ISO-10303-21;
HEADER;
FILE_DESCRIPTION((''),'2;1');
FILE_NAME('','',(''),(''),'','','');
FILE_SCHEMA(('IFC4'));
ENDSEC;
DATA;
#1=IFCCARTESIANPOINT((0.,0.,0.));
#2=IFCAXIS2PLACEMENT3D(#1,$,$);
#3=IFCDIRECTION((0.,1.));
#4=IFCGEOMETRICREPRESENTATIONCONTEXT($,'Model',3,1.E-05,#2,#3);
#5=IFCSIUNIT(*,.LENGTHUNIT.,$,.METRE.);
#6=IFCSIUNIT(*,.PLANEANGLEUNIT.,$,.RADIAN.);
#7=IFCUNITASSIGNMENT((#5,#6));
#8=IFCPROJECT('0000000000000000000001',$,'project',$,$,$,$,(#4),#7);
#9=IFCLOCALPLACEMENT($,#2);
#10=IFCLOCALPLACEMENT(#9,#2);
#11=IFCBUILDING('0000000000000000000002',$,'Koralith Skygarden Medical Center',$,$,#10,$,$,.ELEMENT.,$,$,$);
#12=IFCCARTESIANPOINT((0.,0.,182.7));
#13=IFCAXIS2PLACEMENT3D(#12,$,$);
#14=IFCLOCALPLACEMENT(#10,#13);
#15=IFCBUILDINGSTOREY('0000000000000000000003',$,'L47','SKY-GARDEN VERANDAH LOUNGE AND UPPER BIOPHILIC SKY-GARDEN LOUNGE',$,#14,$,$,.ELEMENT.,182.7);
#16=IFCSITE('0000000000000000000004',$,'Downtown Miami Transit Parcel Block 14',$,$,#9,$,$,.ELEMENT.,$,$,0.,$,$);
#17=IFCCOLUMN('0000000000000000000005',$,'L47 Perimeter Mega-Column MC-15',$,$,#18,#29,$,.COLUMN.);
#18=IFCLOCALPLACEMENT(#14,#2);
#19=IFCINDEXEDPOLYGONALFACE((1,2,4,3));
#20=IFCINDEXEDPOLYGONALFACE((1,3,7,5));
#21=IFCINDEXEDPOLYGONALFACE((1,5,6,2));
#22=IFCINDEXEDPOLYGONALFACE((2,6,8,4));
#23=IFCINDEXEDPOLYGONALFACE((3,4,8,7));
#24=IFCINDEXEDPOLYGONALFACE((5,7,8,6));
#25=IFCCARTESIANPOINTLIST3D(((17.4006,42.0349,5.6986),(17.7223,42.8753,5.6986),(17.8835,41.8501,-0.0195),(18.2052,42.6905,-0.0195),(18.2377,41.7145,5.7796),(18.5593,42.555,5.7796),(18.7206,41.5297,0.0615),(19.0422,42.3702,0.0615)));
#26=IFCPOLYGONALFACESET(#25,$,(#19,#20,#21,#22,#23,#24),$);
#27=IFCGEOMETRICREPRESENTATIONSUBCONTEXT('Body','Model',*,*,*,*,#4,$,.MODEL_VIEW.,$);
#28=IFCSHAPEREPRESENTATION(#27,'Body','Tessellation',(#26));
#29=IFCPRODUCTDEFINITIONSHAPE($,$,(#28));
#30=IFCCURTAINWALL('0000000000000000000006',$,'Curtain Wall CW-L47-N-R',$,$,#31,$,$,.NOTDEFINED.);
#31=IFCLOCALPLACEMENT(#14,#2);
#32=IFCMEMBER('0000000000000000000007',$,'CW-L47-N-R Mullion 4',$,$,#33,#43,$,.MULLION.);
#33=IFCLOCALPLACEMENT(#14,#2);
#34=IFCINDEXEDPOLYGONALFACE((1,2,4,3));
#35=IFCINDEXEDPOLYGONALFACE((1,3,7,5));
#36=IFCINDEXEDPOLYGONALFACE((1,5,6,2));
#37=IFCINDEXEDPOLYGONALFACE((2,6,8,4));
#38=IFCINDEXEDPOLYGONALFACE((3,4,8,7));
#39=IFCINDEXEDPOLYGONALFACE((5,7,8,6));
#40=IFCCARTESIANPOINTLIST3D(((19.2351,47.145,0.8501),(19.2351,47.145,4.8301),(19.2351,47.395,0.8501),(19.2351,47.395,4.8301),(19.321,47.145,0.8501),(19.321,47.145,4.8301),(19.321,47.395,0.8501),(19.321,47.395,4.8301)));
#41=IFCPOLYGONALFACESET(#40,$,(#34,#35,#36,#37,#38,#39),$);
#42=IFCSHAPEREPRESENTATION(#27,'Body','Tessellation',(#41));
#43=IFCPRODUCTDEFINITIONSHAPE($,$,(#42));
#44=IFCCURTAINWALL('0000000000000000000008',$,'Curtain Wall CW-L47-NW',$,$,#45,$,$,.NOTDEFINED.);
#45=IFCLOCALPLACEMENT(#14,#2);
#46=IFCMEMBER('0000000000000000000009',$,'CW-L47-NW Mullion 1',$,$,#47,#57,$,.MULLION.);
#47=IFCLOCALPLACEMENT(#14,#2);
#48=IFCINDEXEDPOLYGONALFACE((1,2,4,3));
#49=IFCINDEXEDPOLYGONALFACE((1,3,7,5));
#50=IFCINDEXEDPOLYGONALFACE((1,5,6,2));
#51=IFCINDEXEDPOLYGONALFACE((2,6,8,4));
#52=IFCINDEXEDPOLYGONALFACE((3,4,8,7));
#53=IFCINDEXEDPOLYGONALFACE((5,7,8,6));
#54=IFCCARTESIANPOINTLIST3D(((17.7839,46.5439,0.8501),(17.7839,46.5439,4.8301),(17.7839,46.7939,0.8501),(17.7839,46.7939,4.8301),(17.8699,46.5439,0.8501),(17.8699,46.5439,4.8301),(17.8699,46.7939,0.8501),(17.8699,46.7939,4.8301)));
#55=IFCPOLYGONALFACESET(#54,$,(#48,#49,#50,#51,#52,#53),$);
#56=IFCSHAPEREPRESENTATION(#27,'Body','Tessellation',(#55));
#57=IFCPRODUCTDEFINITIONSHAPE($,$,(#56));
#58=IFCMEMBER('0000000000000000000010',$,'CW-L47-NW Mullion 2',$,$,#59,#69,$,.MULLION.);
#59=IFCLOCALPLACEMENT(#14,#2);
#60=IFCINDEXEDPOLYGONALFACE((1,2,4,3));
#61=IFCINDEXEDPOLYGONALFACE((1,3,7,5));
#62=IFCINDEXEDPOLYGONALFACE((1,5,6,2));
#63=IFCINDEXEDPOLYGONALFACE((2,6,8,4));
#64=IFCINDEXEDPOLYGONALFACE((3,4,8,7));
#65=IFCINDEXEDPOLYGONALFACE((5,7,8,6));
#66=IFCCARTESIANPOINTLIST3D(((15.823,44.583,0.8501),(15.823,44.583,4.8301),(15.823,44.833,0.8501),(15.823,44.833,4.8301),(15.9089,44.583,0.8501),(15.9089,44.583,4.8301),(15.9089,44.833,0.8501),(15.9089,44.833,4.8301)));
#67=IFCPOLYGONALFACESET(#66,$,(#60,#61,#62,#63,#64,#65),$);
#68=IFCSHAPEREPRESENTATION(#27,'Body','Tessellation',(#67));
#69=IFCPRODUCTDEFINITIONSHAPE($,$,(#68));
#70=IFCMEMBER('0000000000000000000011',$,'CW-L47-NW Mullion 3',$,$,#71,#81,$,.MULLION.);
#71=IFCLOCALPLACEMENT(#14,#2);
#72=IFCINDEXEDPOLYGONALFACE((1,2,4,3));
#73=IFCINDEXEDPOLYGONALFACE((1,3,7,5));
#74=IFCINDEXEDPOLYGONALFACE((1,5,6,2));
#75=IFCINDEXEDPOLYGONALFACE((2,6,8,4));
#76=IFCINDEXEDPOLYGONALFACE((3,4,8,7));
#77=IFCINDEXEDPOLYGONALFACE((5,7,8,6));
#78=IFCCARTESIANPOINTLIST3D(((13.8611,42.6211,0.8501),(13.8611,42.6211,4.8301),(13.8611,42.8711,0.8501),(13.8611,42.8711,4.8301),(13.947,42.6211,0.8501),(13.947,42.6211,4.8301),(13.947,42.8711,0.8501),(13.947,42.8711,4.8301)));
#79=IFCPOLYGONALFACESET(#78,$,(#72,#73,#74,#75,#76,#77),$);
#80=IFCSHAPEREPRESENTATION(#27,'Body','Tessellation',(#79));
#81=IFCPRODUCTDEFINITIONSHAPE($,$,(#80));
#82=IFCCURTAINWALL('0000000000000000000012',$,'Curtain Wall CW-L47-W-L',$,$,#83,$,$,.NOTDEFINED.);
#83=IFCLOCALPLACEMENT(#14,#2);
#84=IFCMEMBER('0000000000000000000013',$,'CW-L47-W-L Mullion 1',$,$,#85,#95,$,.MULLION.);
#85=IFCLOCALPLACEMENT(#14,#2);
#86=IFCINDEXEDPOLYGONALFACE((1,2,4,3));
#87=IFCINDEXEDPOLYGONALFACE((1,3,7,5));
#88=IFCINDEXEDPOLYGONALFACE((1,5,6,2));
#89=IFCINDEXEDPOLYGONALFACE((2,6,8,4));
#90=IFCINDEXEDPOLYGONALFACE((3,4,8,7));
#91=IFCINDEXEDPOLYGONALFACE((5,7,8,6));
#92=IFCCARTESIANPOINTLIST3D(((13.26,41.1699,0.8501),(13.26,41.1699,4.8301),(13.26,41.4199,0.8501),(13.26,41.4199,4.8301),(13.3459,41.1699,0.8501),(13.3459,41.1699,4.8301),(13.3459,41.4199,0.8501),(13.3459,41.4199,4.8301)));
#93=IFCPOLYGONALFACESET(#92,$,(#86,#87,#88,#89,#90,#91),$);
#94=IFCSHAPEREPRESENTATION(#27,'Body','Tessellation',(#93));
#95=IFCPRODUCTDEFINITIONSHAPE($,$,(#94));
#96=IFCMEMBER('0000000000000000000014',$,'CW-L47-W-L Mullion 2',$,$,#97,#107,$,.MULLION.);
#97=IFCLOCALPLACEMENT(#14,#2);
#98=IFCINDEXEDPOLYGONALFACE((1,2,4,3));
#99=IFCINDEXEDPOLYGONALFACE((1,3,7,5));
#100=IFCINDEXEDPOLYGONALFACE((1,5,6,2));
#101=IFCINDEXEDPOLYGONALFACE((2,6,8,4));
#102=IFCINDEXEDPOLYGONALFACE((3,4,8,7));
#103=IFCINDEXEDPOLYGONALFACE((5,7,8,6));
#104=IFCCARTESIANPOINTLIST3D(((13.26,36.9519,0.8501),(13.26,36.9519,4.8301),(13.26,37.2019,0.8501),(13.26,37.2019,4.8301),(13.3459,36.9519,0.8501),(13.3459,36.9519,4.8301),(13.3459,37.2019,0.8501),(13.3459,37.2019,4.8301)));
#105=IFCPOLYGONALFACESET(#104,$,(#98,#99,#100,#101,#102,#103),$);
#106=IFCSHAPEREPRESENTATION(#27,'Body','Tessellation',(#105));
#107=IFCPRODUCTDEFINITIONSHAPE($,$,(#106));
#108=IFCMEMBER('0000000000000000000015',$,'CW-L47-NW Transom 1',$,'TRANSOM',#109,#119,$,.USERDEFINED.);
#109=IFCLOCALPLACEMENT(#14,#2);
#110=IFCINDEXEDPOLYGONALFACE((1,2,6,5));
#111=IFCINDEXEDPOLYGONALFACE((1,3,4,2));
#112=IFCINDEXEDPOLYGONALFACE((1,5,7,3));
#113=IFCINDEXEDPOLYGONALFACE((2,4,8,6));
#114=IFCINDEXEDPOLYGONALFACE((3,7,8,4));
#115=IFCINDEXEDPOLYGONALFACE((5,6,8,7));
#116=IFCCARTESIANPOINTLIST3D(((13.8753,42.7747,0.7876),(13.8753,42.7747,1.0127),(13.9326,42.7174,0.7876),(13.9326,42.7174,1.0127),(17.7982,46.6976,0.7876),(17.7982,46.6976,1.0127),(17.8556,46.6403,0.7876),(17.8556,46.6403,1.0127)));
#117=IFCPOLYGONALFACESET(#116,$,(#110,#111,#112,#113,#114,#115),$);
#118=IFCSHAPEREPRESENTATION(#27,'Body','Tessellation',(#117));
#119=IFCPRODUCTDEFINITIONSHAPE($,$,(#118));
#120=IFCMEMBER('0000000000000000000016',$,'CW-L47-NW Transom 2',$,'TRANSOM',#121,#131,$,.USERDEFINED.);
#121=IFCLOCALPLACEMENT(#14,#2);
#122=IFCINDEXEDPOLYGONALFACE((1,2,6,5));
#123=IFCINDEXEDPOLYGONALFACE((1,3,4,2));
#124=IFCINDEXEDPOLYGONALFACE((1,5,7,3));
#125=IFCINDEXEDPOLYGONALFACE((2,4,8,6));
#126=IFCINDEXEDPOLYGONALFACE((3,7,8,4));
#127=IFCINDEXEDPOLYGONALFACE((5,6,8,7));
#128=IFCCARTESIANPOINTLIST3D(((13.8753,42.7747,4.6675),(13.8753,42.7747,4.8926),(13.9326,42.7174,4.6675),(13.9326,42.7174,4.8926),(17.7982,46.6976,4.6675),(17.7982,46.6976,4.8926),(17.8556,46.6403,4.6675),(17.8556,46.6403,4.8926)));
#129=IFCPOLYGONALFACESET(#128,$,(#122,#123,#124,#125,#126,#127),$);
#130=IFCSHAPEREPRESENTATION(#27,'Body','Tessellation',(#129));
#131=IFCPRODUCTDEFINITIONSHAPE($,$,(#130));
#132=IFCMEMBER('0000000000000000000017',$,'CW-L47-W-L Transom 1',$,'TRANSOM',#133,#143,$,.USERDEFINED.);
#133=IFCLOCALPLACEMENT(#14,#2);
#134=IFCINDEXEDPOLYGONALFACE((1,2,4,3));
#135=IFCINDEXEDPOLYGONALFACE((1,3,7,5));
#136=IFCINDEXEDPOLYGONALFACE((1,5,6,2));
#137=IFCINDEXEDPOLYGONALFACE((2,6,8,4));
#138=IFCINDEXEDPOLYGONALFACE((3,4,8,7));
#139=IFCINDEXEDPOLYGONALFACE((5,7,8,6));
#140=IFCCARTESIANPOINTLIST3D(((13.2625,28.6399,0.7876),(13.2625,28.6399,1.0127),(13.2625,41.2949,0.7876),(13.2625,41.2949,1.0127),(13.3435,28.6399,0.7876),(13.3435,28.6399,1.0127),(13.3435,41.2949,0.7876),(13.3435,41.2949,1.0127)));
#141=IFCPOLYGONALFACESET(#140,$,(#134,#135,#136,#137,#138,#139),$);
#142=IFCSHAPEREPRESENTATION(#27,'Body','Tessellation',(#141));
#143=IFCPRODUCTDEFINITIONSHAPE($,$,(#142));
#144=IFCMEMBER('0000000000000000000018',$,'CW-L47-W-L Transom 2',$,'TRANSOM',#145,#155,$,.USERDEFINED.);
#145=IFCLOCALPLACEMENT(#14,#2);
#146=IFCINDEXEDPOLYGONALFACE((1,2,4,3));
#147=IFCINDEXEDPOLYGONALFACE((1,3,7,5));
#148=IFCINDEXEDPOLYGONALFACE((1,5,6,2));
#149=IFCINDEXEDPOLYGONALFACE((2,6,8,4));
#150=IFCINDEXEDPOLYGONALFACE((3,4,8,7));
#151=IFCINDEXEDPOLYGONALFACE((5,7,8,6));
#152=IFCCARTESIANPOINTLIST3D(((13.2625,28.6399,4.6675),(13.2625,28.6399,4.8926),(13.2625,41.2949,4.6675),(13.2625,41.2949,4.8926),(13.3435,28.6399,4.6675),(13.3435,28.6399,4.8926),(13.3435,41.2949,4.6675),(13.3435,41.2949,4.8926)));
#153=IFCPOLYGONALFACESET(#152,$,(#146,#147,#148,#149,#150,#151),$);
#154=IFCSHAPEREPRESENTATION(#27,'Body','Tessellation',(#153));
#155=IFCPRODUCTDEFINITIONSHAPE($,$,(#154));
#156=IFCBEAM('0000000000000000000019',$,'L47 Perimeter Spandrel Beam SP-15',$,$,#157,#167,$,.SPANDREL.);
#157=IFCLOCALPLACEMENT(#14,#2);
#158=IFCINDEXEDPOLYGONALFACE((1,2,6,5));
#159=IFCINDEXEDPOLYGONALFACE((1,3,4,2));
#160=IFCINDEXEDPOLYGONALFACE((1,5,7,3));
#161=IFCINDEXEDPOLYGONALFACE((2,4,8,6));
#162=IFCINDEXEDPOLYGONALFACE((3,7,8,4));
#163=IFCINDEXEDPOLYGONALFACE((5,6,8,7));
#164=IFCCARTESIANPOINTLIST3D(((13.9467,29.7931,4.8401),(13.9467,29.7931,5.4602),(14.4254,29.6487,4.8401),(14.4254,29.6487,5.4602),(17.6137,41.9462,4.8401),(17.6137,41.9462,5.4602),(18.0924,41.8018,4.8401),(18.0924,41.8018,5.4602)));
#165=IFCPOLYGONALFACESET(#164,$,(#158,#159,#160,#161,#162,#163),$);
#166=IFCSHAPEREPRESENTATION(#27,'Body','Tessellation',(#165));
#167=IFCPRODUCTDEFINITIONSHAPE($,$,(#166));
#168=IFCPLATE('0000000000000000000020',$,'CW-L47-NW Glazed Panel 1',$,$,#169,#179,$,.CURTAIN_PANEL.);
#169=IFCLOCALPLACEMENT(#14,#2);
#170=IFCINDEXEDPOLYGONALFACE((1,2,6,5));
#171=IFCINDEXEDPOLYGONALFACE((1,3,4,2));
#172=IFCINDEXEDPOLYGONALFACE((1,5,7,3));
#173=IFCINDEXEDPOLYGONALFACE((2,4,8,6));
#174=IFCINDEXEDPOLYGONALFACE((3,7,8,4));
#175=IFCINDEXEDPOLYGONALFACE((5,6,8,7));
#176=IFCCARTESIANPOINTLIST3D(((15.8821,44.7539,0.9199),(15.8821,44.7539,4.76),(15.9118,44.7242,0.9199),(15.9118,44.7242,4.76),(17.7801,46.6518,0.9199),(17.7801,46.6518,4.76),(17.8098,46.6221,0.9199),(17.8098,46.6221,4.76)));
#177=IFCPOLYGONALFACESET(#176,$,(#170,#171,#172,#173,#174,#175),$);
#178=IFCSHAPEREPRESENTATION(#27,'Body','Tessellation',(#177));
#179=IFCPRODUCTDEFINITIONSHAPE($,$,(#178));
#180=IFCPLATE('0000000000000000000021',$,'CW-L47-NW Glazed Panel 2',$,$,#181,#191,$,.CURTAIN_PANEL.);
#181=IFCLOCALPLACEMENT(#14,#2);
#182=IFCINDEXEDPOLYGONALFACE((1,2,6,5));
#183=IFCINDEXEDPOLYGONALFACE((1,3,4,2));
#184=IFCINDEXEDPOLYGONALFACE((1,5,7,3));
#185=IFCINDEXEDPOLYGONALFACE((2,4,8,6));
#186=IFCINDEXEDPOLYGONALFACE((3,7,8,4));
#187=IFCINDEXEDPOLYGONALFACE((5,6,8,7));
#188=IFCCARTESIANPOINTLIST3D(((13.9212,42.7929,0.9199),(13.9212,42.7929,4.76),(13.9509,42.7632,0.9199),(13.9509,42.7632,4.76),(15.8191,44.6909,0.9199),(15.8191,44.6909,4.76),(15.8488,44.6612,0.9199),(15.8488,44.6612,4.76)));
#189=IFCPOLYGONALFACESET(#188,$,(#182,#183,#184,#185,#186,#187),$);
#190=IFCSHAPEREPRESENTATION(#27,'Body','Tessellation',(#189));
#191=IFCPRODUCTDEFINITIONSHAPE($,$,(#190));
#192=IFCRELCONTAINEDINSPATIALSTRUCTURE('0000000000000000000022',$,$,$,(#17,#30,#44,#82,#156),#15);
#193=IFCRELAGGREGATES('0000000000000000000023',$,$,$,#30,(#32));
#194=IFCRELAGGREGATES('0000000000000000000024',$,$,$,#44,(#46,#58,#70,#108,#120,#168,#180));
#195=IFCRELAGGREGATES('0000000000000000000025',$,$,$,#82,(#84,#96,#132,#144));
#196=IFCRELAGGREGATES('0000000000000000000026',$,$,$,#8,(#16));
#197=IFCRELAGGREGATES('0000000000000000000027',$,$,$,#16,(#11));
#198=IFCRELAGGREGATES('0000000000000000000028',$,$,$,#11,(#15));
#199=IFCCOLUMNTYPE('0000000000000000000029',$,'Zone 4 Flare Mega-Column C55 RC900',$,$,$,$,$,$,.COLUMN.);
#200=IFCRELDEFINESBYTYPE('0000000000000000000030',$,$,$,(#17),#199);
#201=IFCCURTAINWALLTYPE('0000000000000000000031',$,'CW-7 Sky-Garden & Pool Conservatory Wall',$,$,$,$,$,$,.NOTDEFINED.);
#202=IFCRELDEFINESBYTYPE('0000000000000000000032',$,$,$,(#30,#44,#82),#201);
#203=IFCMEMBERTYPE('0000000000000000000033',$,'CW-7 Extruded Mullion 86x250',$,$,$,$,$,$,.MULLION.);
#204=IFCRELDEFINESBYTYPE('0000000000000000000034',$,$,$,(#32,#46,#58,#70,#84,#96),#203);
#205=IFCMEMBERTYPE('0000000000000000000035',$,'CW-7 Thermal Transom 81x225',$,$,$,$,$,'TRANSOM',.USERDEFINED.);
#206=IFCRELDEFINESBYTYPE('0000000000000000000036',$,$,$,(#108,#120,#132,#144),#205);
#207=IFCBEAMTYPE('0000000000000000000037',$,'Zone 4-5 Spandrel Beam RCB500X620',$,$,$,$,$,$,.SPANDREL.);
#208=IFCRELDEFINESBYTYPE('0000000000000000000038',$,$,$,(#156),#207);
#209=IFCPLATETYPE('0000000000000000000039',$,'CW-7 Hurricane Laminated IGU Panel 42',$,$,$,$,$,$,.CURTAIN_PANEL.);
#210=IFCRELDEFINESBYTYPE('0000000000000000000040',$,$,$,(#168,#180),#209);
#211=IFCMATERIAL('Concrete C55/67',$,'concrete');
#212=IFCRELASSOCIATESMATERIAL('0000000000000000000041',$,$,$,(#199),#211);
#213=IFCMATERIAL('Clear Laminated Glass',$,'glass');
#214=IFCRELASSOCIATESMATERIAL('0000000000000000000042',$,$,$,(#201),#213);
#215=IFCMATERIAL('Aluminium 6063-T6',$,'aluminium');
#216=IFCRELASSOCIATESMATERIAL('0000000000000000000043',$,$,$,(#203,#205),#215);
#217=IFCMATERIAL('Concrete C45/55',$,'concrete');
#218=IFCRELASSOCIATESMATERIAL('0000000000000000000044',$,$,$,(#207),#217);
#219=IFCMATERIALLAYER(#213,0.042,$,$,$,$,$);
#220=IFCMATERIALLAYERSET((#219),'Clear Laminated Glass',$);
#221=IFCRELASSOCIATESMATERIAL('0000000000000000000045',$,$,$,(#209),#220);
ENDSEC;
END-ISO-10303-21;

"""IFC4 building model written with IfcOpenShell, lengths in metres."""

from ifc_helpers import new_model, si_unit, direction, frame, origin, origin_2d, place, context, subcontext, project, spatial, rectangle, extrude, material, layer, layer_set, material_profile, profile_set, type_object, element, aggregate, save


model = new_model("IFC4")

# Units and contexts
model_context = context("Model", 3, precision=1e-05, world=origin(), true_north=direction((0.0, 1.0)))
body_context = subcontext(model_context, "Body", "Model", "MODEL_VIEW")
ifc_project = project(units=[si_unit("LENGTHUNIT", "METRE"), si_unit("PLANEANGLEUNIT", "RADIAN")], contexts=[model_context])

# Site, building, storey
site_placement = place(None, origin())
site = spatial("IfcSite", under=ifc_project, at=site_placement, Name="Downtown Miami Transit Parcel Block 14", CompositionType="ELEMENT", RefElevation=0.0)
building_placement = place(site_placement, origin())
building = spatial("IfcBuilding", under=site, at=building_placement, Name="Koralith Skygarden Medical Center", CompositionType="ELEMENT")
storey_placement = place(building_placement, frame((0.0, 0.0, 182.7)))
storey = spatial("IfcBuildingStorey", under=building, at=storey_placement, Name="L47", Description="SKY-GARDEN VERANDAH LOUNGE AND UPPER BIOPHILIC SKY-GARDEN LOUNGE", CompositionType="ELEMENT", Elevation=182.7)

# Column
ifc_material_1 = material(Name="Concrete C55/67", Category="concrete")
ifc_material_profile_1 = material_profile(ifc_material_1, rectangle(XDim=0.8999, YDim=0.8999, at=origin_2d()), Name="RC900X900")
ifc_profile_set_1 = profile_set([ifc_material_profile_1], Name="Concrete C55/67")
column_type = type_object("IfcColumnType", Name="Zone 4 Flare Mega-Column C55 RC900", PredefinedType="COLUMN", material=ifc_profile_set_1)
column_placement = place(storey_placement, frame((18.4629, 42.1101, 0.021), z_axis=(-0.084111, 0.03219, 0.995936), x_axis=(-0.357428, -0.933941, 0.0)))
element("IfcColumn", 1, at=column_placement, inside=storey, type_object=column_type, Name="L47 Perimeter Mega-Column MC-15", PredefinedType="COLUMN", context=body_context, shape_type="SweptSolid", body=[
    extrude(rectangle(XDim=0.8999, YDim=0.8999, at=origin_2d()), origin(), (0.0, 0.0, 1.0), 5.7415),
])

# Curtain wall, member
ifc_material_2 = material(Name="Clear Laminated Glass", Category="glass")
curtain_wall_type = type_object("IfcCurtainWallType", Name="CW-7 Sky-Garden & Pool Conservatory Wall", PredefinedType="NOTDEFINED", material=ifc_material_2)
curtain_wall_1_placement = place(storey_placement, origin())
curtain_wall_1 = element("IfcCurtainWall", 2, at=curtain_wall_1_placement, inside=storey, type_object=curtain_wall_type, Name="Curtain Wall CW-L47-N-R", PredefinedType="NOTDEFINED")
ifc_material_3 = material(Name="Aluminium 6063-T6", Category="aluminium")
ifc_material_profile_2 = material_profile(ifc_material_3, rectangle(XDim=0.0859, YDim=0.25, at=origin_2d()), Name="MUL86X250")
ifc_profile_set_2 = profile_set([ifc_material_profile_2], Name="Aluminium 6063-T6")
member_type_1 = type_object("IfcMemberType", Name="CW-7 Extruded Mullion 86x250", PredefinedType="MULLION", material=ifc_profile_set_2)
member_1_placement = place(storey_placement, frame((19.2781, 47.27, 0.8501), z_axis=(0.0, 0.0, 1.0), x_axis=(1.0, 0.0, 0.0)))
member_1 = element("IfcMember", 3, at=member_1_placement, type_object=member_type_1, Name="CW-L47-N-R Mullion 4", PredefinedType="MULLION", context=body_context, shape_type="SweptSolid", body=[
    extrude(rectangle(XDim=0.0859, YDim=0.25, at=origin_2d()), origin(), (0.0, 0.0, 1.0), 3.98),
])
aggregate(curtain_wall_1, [member_1])

# Curtain walls, members
curtain_wall_2_placement = place(storey_placement, origin())
curtain_wall_2 = element("IfcCurtainWall", 4, at=curtain_wall_2_placement, inside=storey, type_object=curtain_wall_type, Name="Curtain Wall CW-L47-NW", PredefinedType="NOTDEFINED")
member_2_placement = place(storey_placement, frame((17.8269, 46.6689, 0.8501), z_axis=(0.0, 0.0, 1.0), x_axis=(1.0, 0.0, 0.0)))
member_2 = element("IfcMember", 5, at=member_2_placement, type_object=member_type_1, Name="CW-L47-NW Mullion 1", PredefinedType="MULLION", context=body_context, shape_type="SweptSolid", body=[
    extrude(rectangle(XDim=0.0859, YDim=0.25, at=origin_2d()), origin(), (0.0, 0.0, 1.0), 3.98),
])
member_3_placement = place(storey_placement, frame((15.866, 44.708, 0.8501), z_axis=(0.0, 0.0, 1.0), x_axis=(1.0, 0.0, 0.0)))
member_3 = element("IfcMember", 6, at=member_3_placement, type_object=member_type_1, Name="CW-L47-NW Mullion 2", PredefinedType="MULLION", context=body_context, shape_type="SweptSolid", body=[
    extrude(rectangle(XDim=0.0859, YDim=0.25, at=origin_2d()), origin(), (0.0, 0.0, 1.0), 3.98),
])
member_4_placement = place(storey_placement, frame((13.9041, 42.7461, 0.8501), z_axis=(0.0, 0.0, 1.0), x_axis=(1.0, 0.0, 0.0)))
member_4 = element("IfcMember", 7, at=member_4_placement, type_object=member_type_1, Name="CW-L47-NW Mullion 3", PredefinedType="MULLION", context=body_context, shape_type="SweptSolid", body=[
    extrude(rectangle(XDim=0.0859, YDim=0.25, at=origin_2d()), origin(), (0.0, 0.0, 1.0), 3.98),
])
curtain_wall_3_placement = place(storey_placement, origin())
curtain_wall_3 = element("IfcCurtainWall", 8, at=curtain_wall_3_placement, inside=storey, type_object=curtain_wall_type, Name="Curtain Wall CW-L47-W-L", PredefinedType="NOTDEFINED")
member_5_placement = place(storey_placement, frame((13.303, 41.2949, 0.8501), z_axis=(0.0, 0.0, 1.0), x_axis=(1.0, 0.0, 0.0)))
member_5 = element("IfcMember", 9, at=member_5_placement, type_object=member_type_1, Name="CW-L47-W-L Mullion 1", PredefinedType="MULLION", context=body_context, shape_type="SweptSolid", body=[
    extrude(rectangle(XDim=0.0859, YDim=0.25, at=origin_2d()), origin(), (0.0, 0.0, 1.0), 3.98),
])
member_6_placement = place(storey_placement, frame((13.303, 37.0769, 0.8501), z_axis=(0.0, 0.0, 1.0), x_axis=(1.0, 0.0, 0.0)))
member_6 = element("IfcMember", 10, at=member_6_placement, type_object=member_type_1, Name="CW-L47-W-L Mullion 2", PredefinedType="MULLION", context=body_context, shape_type="SweptSolid", body=[
    extrude(rectangle(XDim=0.0859, YDim=0.25, at=origin_2d()), origin(), (0.0, 0.0, 1.0), 3.98),
])

# Members
ifc_material_profile_3 = material_profile(ifc_material_3, rectangle(XDim=0.0811, YDim=0.2251, at=origin_2d()), Name="TRN81X225")
ifc_profile_set_3 = profile_set([ifc_material_profile_3], Name="Aluminium 6063-T6")
member_type_2 = type_object("IfcMemberType", Name="CW-7 Thermal Transom 81x225", ElementType="TRANSOM", PredefinedType="USERDEFINED", material=ifc_profile_set_3)
member_7_placement = place(storey_placement, frame((17.8269, 46.6689, 0.9001), z_axis=(-0.707107, -0.707107, 0.0), x_axis=(0.707107, -0.707107, 0.0)))
member_7 = element("IfcMember", 11, at=member_7_placement, type_object=member_type_2, Name="CW-L47-NW Transom 1", ObjectType="TRANSOM", PredefinedType="USERDEFINED", context=body_context, shape_type="SweptSolid", body=[
    extrude(rectangle(XDim=0.0811, YDim=0.2251, at=origin_2d()), origin(), (0.0, 0.0, 1.0), 5.5479),
])
member_8_placement = place(storey_placement, frame((17.8269, 46.6689, 4.78), z_axis=(-0.707107, -0.707107, 0.0), x_axis=(0.707107, -0.707107, 0.0)))
member_8 = element("IfcMember", 12, at=member_8_placement, type_object=member_type_2, Name="CW-L47-NW Transom 2", ObjectType="TRANSOM", PredefinedType="USERDEFINED", context=body_context, shape_type="SweptSolid", body=[
    extrude(rectangle(XDim=0.0811, YDim=0.2251, at=origin_2d()), origin(), (0.0, 0.0, 1.0), 5.5479),
])
member_9_placement = place(storey_placement, frame((13.303, 41.2949, 0.9001), z_axis=(0.0, -1.0, 0.0), x_axis=(1.0, 0.0, 0.0)))
member_9 = element("IfcMember", 13, at=member_9_placement, type_object=member_type_2, Name="CW-L47-W-L Transom 1", ObjectType="TRANSOM", PredefinedType="USERDEFINED", context=body_context, shape_type="SweptSolid", body=[
    extrude(rectangle(XDim=0.0811, YDim=0.2251, at=origin_2d()), origin(), (0.0, 0.0, 1.0), 12.655),
])
member_10_placement = place(storey_placement, frame((13.303, 41.2949, 4.78), z_axis=(0.0, -1.0, 0.0), x_axis=(1.0, 0.0, 0.0)))
member_10 = element("IfcMember", 14, at=member_10_placement, type_object=member_type_2, Name="CW-L47-W-L Transom 2", ObjectType="TRANSOM", PredefinedType="USERDEFINED", context=body_context, shape_type="SweptSolid", body=[
    extrude(rectangle(XDim=0.0811, YDim=0.2251, at=origin_2d()), origin(), (0.0, 0.0, 1.0), 12.655),
])

# Beam
ifc_material_4 = material(Name="Concrete C45/55", Category="concrete")
ifc_material_profile_4 = material_profile(ifc_material_4, rectangle(XDim=0.5, YDim=0.6201, at=origin_2d()), Name="RCB500X620")
ifc_profile_set_4 = profile_set([ifc_material_profile_4], Name="Concrete C45/55")
beam_type = type_object("IfcBeamType", Name="Zone 4-5 Spandrel Beam RCB500X620", PredefinedType="SPANDREL", material=ifc_profile_set_4)
beam_placement = place(storey_placement, frame((17.853, 41.874, 5.1501), z_axis=(-0.28887, -0.957368, 0.0), x_axis=(0.957368, -0.28887, 0.0)))
element("IfcBeam", 15, at=beam_placement, inside=storey, type_object=beam_type, Name="L47 Perimeter Spandrel Beam SP-15", PredefinedType="SPANDREL", context=body_context, shape_type="SweptSolid", body=[
    extrude(rectangle(XDim=0.5, YDim=0.6201, at=origin_2d()), origin(), (0.0, 0.0, 1.0), 12.6943),
])

# Plates
ifc_layer_1 = layer(ifc_material_2, 0.042)
ifc_layer_set_1 = layer_set([ifc_layer_1], Name="Clear Laminated Glass")
plate_type_1 = type_object("IfcPlateType", Name="CW-7 Hurricane Laminated IGU Panel 42", PredefinedType="CURTAIN_PANEL", material=ifc_layer_set_1)
plate_1_placement = place(storey_placement, frame((16.8459, 45.688, 0.9199), z_axis=(0.0, 0.0, 1.0), x_axis=(-0.707107, -0.707107, 0.0)))
plate_1 = element("IfcPlate", 16, at=plate_1_placement, type_object=plate_type_1, Name="CW-L47-NW Glazed Panel 1", PredefinedType="CURTAIN_PANEL", context=body_context, shape_type="SweptSolid", body=[
    extrude(rectangle(XDim=2.6841, YDim=0.042, at=origin_2d()), origin(), (0.0, 0.0, 1.0), 3.8401),
])
plate_2_placement = place(storey_placement, frame((14.885, 43.7271, 0.9199), z_axis=(0.0, 0.0, 1.0), x_axis=(-0.707107, -0.707107, 0.0)))
plate_2 = element("IfcPlate", 17, at=plate_2_placement, type_object=plate_type_1, Name="CW-L47-NW Glazed Panel 2", PredefinedType="CURTAIN_PANEL", context=body_context, shape_type="SweptSolid", body=[
    extrude(rectangle(XDim=2.6841, YDim=0.042, at=origin_2d()), origin(), (0.0, 0.0, 1.0), 3.8401),
])
aggregate(curtain_wall_2, [member_2, member_3, member_4, member_7, member_8, plate_1, plate_2])
aggregate(curtain_wall_3, [member_5, member_6, member_9, member_10])

save(model, "model.ifc")
